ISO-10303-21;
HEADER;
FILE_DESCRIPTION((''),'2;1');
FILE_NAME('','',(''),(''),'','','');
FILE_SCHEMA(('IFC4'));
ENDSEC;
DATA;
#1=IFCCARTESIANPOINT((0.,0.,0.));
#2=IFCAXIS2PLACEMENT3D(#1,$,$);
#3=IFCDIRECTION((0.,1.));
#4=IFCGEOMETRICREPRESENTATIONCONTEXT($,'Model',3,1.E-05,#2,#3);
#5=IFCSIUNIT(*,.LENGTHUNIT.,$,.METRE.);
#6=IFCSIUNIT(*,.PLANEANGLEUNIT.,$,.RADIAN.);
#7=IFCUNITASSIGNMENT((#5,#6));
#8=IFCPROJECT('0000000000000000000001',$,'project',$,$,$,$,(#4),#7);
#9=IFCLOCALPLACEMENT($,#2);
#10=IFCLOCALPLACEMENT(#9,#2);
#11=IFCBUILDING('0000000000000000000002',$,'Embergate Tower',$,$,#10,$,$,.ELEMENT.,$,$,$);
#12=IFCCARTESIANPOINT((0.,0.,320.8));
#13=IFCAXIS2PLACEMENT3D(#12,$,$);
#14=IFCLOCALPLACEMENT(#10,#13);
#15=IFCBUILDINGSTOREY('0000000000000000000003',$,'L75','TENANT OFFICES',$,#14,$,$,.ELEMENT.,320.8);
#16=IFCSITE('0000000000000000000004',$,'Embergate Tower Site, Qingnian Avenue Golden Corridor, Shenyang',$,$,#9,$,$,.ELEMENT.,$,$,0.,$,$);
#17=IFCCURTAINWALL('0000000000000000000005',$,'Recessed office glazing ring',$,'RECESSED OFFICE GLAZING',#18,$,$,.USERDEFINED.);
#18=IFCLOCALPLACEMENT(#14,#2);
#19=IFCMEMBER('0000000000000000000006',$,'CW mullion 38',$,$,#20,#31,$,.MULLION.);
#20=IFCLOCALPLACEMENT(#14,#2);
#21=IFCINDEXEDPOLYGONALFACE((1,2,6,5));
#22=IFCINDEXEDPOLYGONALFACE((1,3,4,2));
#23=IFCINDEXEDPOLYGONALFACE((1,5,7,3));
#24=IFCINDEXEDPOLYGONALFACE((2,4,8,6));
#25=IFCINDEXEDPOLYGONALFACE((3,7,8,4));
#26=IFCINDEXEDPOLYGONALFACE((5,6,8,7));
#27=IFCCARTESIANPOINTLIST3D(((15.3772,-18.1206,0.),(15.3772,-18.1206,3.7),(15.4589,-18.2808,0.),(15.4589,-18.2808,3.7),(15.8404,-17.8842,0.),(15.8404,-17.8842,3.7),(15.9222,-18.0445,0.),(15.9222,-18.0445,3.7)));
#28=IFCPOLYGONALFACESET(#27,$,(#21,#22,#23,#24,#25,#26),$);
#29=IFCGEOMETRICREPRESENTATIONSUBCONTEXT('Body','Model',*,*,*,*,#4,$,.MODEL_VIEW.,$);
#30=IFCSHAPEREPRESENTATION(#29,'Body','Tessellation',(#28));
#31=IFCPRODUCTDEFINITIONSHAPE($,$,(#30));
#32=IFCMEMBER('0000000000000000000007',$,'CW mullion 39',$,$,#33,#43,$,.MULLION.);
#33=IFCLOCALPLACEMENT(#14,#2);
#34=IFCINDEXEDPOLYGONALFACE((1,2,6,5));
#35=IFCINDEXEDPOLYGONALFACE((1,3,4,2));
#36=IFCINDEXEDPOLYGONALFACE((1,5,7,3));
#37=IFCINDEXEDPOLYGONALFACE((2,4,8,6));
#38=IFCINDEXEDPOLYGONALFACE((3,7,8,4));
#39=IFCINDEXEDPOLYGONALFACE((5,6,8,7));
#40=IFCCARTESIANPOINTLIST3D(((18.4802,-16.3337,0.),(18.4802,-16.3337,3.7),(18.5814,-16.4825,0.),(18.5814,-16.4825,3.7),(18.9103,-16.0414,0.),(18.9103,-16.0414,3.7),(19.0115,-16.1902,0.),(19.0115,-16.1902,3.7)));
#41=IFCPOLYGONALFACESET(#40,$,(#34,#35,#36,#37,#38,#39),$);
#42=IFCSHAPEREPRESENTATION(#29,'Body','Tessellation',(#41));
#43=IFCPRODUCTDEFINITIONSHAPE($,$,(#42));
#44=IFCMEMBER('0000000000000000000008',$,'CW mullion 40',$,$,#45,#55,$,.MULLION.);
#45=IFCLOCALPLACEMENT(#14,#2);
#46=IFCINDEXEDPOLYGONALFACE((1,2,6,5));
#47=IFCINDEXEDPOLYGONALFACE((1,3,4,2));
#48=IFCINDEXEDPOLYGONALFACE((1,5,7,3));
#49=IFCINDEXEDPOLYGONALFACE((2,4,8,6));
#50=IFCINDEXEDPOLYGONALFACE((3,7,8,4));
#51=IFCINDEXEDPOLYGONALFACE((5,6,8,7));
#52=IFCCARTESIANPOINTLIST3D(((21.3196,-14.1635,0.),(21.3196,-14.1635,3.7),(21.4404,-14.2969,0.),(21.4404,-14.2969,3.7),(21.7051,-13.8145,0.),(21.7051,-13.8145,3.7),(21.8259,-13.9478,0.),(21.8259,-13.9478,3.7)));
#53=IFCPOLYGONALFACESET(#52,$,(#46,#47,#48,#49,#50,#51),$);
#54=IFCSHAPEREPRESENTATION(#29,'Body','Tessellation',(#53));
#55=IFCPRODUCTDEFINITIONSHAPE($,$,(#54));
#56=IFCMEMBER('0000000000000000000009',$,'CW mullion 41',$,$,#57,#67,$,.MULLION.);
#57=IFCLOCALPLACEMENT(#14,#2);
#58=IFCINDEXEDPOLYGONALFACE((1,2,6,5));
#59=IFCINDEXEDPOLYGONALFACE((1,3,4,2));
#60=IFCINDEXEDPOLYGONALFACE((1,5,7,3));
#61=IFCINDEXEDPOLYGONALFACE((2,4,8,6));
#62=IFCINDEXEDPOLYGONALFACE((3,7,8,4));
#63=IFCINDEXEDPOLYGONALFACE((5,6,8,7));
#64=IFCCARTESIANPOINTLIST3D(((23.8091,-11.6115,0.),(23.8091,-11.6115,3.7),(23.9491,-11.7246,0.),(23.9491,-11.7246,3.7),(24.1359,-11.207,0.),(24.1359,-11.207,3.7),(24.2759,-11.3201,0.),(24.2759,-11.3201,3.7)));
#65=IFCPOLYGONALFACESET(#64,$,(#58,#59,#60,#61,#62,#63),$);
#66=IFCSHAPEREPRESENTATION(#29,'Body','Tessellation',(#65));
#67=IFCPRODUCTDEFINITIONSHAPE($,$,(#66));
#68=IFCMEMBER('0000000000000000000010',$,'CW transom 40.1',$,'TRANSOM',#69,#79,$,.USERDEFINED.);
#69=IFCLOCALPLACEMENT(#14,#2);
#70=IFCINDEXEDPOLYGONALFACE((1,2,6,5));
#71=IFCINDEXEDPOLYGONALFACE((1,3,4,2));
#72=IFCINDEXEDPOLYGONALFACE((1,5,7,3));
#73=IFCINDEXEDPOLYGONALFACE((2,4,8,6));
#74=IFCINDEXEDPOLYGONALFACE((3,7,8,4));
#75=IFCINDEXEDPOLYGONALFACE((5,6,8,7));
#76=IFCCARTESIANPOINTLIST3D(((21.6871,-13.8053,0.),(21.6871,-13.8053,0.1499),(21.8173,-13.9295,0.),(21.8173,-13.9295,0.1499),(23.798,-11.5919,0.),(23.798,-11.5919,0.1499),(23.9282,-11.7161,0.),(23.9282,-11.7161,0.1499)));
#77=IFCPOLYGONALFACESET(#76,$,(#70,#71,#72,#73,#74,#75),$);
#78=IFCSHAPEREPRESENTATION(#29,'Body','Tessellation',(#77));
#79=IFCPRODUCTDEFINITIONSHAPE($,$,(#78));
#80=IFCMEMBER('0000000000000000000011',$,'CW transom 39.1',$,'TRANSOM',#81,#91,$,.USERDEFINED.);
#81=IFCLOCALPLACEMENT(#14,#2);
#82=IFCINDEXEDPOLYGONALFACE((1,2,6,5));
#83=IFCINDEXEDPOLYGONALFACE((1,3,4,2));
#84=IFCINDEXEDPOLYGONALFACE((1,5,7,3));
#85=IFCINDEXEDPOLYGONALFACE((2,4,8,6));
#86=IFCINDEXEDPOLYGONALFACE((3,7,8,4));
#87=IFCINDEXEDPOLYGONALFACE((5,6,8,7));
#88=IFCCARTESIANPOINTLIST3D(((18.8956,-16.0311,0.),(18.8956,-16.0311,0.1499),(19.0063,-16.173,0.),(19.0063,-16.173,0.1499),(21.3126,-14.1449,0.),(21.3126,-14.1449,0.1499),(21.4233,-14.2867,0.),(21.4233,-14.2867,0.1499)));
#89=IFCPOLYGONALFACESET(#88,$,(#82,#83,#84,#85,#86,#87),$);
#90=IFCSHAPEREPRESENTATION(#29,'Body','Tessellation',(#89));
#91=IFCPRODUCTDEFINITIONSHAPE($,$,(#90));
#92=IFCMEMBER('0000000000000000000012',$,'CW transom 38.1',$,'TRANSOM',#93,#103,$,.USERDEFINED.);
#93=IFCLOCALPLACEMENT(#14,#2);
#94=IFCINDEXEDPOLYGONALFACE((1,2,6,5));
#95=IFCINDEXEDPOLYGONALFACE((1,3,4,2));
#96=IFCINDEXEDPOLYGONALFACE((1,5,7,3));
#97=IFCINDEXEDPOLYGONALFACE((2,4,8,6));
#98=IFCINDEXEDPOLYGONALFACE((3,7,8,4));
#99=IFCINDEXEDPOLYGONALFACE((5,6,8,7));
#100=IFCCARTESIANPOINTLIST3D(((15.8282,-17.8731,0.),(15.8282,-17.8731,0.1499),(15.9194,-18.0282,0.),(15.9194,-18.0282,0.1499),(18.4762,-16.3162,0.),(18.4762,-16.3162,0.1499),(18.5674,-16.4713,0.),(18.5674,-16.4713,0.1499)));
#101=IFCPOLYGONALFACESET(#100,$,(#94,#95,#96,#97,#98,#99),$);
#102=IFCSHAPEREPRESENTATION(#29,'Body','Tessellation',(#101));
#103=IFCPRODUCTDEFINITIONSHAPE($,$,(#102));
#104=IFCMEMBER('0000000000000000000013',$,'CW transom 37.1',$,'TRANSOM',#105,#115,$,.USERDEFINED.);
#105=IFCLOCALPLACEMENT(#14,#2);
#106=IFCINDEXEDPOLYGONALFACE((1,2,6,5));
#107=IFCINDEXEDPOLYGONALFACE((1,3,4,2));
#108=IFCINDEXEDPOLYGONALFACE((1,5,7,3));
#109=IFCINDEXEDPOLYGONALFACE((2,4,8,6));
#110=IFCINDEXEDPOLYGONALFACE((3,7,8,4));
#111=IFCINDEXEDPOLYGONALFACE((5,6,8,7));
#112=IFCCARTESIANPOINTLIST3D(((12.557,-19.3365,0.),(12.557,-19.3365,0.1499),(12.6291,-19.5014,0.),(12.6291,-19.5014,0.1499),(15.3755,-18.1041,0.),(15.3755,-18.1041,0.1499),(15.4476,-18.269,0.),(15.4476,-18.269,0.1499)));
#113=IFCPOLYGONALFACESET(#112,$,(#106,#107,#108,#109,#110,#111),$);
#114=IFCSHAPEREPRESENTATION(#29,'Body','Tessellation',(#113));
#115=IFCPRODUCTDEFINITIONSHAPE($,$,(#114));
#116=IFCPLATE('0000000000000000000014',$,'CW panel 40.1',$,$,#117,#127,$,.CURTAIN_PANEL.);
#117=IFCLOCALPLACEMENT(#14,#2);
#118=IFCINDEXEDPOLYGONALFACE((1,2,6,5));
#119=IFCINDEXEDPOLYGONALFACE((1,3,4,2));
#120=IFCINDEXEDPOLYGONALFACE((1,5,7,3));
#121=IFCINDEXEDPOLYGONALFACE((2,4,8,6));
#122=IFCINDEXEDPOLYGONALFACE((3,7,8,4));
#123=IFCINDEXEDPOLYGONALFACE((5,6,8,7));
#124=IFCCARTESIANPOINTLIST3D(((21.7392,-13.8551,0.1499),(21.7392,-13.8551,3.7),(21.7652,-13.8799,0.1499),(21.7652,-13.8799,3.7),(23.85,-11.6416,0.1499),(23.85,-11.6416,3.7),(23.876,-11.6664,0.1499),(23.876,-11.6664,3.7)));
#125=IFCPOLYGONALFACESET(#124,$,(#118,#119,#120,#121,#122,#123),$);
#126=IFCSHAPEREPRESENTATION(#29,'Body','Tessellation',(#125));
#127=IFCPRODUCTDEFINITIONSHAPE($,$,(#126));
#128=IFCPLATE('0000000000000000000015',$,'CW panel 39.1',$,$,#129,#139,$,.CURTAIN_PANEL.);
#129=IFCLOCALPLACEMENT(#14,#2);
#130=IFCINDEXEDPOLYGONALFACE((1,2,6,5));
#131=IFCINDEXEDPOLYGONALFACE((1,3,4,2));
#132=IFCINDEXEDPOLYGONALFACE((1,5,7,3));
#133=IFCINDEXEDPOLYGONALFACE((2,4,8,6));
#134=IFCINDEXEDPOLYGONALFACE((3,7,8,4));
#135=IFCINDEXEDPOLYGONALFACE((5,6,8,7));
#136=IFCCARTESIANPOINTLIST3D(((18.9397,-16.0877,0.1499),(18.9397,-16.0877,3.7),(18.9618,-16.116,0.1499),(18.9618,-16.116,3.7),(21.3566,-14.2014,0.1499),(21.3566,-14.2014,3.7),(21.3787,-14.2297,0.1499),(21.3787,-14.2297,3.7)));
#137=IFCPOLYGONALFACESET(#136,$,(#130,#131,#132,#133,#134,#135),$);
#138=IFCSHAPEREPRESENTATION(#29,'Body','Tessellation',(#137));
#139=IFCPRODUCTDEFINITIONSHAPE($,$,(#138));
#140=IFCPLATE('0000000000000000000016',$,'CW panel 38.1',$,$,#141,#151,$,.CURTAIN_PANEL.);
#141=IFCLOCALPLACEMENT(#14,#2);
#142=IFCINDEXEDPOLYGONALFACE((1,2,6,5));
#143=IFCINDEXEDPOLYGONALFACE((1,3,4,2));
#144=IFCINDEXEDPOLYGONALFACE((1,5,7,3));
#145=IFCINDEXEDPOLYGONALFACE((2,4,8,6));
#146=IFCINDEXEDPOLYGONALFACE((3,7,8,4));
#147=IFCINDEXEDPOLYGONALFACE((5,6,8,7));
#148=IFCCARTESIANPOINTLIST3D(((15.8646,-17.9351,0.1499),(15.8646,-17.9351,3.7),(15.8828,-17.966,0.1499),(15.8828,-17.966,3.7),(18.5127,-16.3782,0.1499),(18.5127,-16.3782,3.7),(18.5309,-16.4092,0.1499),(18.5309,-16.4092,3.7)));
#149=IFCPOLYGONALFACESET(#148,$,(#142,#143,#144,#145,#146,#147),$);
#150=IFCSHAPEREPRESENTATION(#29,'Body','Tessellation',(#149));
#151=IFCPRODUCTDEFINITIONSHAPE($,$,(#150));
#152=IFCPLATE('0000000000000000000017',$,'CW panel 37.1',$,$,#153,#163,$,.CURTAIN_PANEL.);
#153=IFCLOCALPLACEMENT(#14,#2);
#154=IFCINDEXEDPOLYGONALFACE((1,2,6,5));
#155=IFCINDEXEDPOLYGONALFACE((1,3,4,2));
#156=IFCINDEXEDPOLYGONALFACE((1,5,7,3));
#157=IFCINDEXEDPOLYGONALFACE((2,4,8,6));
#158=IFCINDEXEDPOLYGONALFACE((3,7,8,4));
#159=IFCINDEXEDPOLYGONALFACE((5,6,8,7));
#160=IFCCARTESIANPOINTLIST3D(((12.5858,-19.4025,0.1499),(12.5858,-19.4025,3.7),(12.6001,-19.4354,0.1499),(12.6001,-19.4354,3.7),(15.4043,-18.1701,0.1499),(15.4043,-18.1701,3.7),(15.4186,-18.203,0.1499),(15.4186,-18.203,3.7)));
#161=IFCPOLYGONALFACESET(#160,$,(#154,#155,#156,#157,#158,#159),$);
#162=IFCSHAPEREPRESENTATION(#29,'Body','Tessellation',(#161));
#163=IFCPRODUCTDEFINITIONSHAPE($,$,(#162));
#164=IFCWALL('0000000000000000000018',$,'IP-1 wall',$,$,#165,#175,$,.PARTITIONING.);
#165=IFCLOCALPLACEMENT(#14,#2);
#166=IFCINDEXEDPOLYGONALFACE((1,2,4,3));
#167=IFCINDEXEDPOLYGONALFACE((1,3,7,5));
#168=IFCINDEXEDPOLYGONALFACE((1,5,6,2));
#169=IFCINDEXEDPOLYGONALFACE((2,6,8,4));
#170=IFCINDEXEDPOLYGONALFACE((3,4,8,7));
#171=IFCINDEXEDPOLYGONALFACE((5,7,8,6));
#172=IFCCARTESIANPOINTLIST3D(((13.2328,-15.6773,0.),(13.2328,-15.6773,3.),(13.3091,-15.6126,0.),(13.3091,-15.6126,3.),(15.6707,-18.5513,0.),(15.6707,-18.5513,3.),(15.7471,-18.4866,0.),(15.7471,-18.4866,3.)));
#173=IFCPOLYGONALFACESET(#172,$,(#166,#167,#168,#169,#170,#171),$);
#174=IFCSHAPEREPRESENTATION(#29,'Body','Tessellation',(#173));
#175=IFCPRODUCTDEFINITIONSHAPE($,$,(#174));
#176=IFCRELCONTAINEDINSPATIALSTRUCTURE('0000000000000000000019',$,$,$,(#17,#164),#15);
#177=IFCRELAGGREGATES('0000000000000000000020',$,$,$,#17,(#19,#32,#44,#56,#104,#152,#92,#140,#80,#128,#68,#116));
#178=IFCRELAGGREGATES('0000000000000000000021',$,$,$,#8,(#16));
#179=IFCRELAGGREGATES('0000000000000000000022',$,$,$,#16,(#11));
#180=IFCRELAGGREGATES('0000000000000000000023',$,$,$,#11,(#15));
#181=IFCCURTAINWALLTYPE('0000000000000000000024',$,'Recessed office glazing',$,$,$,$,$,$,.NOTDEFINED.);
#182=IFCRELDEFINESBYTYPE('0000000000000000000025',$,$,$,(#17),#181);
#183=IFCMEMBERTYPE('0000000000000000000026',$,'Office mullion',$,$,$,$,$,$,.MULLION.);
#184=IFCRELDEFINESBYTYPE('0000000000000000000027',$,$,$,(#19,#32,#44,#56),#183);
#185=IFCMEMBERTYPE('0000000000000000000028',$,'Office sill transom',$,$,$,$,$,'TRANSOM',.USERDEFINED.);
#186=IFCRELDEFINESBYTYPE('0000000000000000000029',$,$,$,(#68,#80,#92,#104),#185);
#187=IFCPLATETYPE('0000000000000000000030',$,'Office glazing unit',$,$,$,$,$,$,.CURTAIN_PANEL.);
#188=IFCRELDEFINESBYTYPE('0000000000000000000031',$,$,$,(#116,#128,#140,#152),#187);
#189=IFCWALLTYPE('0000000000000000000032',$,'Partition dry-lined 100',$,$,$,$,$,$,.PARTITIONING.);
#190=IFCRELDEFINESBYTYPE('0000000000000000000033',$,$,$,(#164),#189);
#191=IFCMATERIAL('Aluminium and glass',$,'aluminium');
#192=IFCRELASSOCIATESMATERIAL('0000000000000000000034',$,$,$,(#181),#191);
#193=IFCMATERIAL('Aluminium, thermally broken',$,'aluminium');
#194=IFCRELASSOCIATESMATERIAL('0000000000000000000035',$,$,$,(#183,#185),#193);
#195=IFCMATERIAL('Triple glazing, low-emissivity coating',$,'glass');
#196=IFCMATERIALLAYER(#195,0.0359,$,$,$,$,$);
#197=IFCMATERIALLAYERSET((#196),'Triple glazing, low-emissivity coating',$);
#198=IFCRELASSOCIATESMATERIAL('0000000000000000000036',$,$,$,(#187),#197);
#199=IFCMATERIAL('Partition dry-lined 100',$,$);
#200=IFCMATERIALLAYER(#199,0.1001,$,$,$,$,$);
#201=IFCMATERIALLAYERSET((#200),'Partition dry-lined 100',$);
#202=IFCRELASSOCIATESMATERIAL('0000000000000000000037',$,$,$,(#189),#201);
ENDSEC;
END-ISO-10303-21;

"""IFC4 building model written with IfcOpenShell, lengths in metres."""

from ifc_helpers import new_model, si_unit, direction, frame, frame_2d, origin, origin_2d, place, context, subcontext, project, spatial, rectangle, extrude, source, transform, mapped, material, layer, layer_set, material_profile, profile_set, type_object, element, aggregate, save


model = new_model("IFC4")

# Units and contexts
model_context = context("Model", 3, precision=1e-05, world=origin(), true_north=direction((0.0, 1.0)))
body_context = subcontext(model_context, "Body", "Model", "MODEL_VIEW")
ifc_project = project(units=[si_unit("LENGTHUNIT", "METRE"), si_unit("PLANEANGLEUNIT", "RADIAN")], contexts=[model_context])

# Site, building, storey
site_placement = place(None, origin())
site = spatial("IfcSite", under=ifc_project, at=site_placement, Name="Embergate Tower Site, Qingnian Avenue Golden Corridor, Shenyang", CompositionType="ELEMENT", RefElevation=0.0)
building_placement = place(site_placement, origin())
building = spatial("IfcBuilding", under=site, at=building_placement, Name="Embergate Tower", CompositionType="ELEMENT")
storey_placement = place(building_placement, frame((0.0, 0.0, 320.8)))
storey = spatial("IfcBuildingStorey", under=building, at=storey_placement, Name="L75", Description="TENANT OFFICES", CompositionType="ELEMENT", Elevation=320.8)

# Curtain wall, members, plates
ifc_material_1 = material(Name="Aluminium and glass", Category="aluminium")
curtain_wall_type = type_object("IfcCurtainWallType", Name="Recessed office glazing", PredefinedType="NOTDEFINED", material=ifc_material_1)
curtain_wall_placement = place(storey_placement, origin())
curtain_wall = element("IfcCurtainWall", 1, at=curtain_wall_placement, inside=storey, type_object=curtain_wall_type, Name="Recessed office glazing ring", ObjectType="RECESSED OFFICE GLAZING", PredefinedType="USERDEFINED")
ifc_material_2 = material(Name="Aluminium, thermally broken", Category="aluminium")
ifc_material_profile_1 = material_profile(ifc_material_2, rectangle(XDim=0.1799, YDim=0.52, at=origin_2d()), Name="AL 520x180")
ifc_profile_set_1 = profile_set([ifc_material_profile_1], Name="Aluminium, thermally broken")
member_type_1 = type_object("IfcMemberType", Name="Office mullion", PredefinedType="MULLION", material=ifc_profile_set_1)
shared_shape_1 = source(origin(), body_context, "Body", "SweptSolid", [
    extrude(rectangle(XDim=0.1799, YDim=0.52, at=origin_2d()), origin(), (0.0, 0.0, 1.0), 3.7),
])
member_1_placement = place(storey_placement, frame((15.6497, -18.0825, 0.0), z_axis=(0.0, 0.0, 1.0), x_axis=(-0.454508, 0.890743, 0.0)))
member_1 = element("IfcMember", 2, at=member_1_placement, type_object=member_type_1, Name="CW mullion 38", PredefinedType="MULLION", context=body_context, shape_type="MappedRepresentation", body=[
    mapped(shared_shape_1, transform((0.0, 0.0, 0.0))),
])
member_2_placement = place(storey_placement, frame((18.7458, -16.262, 0.0), z_axis=(0.0, 0.0, 1.0), x_axis=(-0.56221, 0.826994, 0.0)))
member_2 = element("IfcMember", 3, at=member_2_placement, type_object=member_type_1, Name="CW mullion 39", PredefinedType="MULLION", context=body_context, shape_type="MappedRepresentation", body=[
    mapped(shared_shape_1, transform((0.0, 0.0, 0.0))),
])
member_3_placement = place(storey_placement, frame((21.5728, -14.0557, 0.0), z_axis=(0.0, 0.0, 1.0), x_axis=(-0.671217, 0.74126, 0.0)))
member_3 = element("IfcMember", 4, at=member_3_placement, type_object=member_type_1, Name="CW mullion 40", PredefinedType="MULLION", context=body_context, shape_type="MappedRepresentation", body=[
    mapped(shared_shape_1, transform((0.0, 0.0, 0.0))),
])
member_4_placement = place(storey_placement, frame((24.0425, -11.4658, 0.0), z_axis=(0.0, 0.0, 1.0), x_axis=(-0.777862, 0.628436, 0.0)))
member_4 = element("IfcMember", 5, at=member_4_placement, type_object=member_type_1, Name="CW mullion 41", PredefinedType="MULLION", context=body_context, shape_type="MappedRepresentation", body=[
    mapped(shared_shape_1, transform((0.0, 0.0, 0.0))),
])
ifc_material_profile_2 = material_profile(ifc_material_2, rectangle(XDim=0.1799, YDim=0.1499, at=origin_2d()), Name="AL 150x180")
ifc_profile_set_2 = profile_set([ifc_material_profile_2], Name="Aluminium, thermally broken")
member_type_2 = type_object("IfcMemberType", Name="Office sill transom", ElementType="TRANSOM", PredefinedType="USERDEFINED", material=ifc_profile_set_2)
shared_shape_2 = source(origin(), body_context, "Body", "SweptSolid", [
    extrude(rectangle(XDim=0.1799, YDim=0.1499, at=origin_2d()), origin(), (0.0, 0.0, 1.0), 3.0586),
])
member_5_placement = place(storey_placement, frame((21.7522, -13.8674, 0.075), z_axis=(0.690145, 0.723671, 0.0), x_axis=(-0.723671, 0.690145, 0.0)))
member_5 = element("IfcMember", 6, at=member_5_placement, type_object=member_type_2, Name="CW transom 40.1", ObjectType="TRANSOM", PredefinedType="USERDEFINED", context=body_context, shape_type="MappedRepresentation", body=[
    mapped(shared_shape_2, transform((0.0, 0.0, 0.0))),
])
shared_shape_3 = source(origin(), body_context, "Body", "SweptSolid", [
    extrude(rectangle(XDim=0.1799, YDim=0.1499, at=origin_2d()), origin(), (0.0, 0.0, 1.0), 3.0659),
])
member_6_placement = place(storey_placement, frame((18.9509, -16.1021, 0.075), z_axis=(0.788348, 0.61523, 0.0), x_axis=(-0.61523, 0.788348, 0.0)))
member_6 = element("IfcMember", 7, at=member_6_placement, type_object=member_type_2, Name="CW transom 39.1", ObjectType="TRANSOM", PredefinedType="USERDEFINED", context=body_context, shape_type="MappedRepresentation", body=[
    mapped(shared_shape_3, transform((0.0, 0.0, 0.0))),
])
shared_shape_4 = source(origin(), body_context, "Body", "SweptSolid", [
    extrude(rectangle(XDim=0.1799, YDim=0.1499, at=origin_2d()), origin(), (0.0, 0.0, 1.0), 3.0718),
])
member_7_placement = place(storey_placement, frame((15.8738, -17.9507, 0.075), z_axis=(0.862038, 0.506843, 0.0), x_axis=(-0.506843, 0.862038, 0.0)))
member_7 = element("IfcMember", 8, at=member_7_placement, type_object=member_type_2, Name="CW transom 38.1", ObjectType="TRANSOM", PredefinedType="USERDEFINED", context=body_context, shape_type="MappedRepresentation", body=[
    mapped(shared_shape_4, transform((0.0, 0.0, 0.0))),
])
shared_shape_5 = source(origin(), body_context, "Body", "SweptSolid", [
    extrude(rectangle(XDim=0.1799, YDim=0.1499, at=origin_2d()), origin(), (0.0, 0.0, 1.0), 3.0762),
])
member_8_placement = place(storey_placement, frame((12.593, -19.4189, 0.075), z_axis=(0.916243, 0.400623, 0.0), x_axis=(-0.400623, 0.916243, 0.0)))
member_8 = element("IfcMember", 9, at=member_8_placement, type_object=member_type_2, Name="CW transom 37.1", ObjectType="TRANSOM", PredefinedType="USERDEFINED", context=body_context, shape_type="MappedRepresentation", body=[
    mapped(shared_shape_5, transform((0.0, 0.0, 0.0))),
])
ifc_material_3 = material(Name="Triple glazing, low-emissivity coating", Category="glass")
ifc_layer_1 = layer(ifc_material_3, 0.0359)
ifc_layer_set_1 = layer_set([ifc_layer_1], Name="Triple glazing, low-emissivity coating")
plate_type = type_object("IfcPlateType", Name="Office glazing unit", PredefinedType="CURTAIN_PANEL", material=ifc_layer_set_1)
shared_shape_6 = source(origin(), body_context, "Body", "SweptSolid", [
    extrude(rectangle(XDim=3.0586, YDim=0.0359, at=origin_2d()), origin(), (0.0, 0.0, 1.0), 3.55),
])
plate_1_placement = place(storey_placement, frame((22.8076, -12.7607, 0.1499), z_axis=(0.0, 0.0, 1.0), x_axis=(0.690133, 0.723683, 0.0)))
plate_1 = element("IfcPlate", 10, at=plate_1_placement, type_object=plate_type, Name="CW panel 40.1", PredefinedType="CURTAIN_PANEL", context=body_context, shape_type="MappedRepresentation", body=[
    mapped(shared_shape_6, transform((0.0, 0.0, 0.0))),
])
shared_shape_7 = source(origin(), body_context, "Body", "SweptSolid", [
    extrude(rectangle(XDim=3.0659, YDim=0.0359, at=origin_2d()), origin(), (0.0, 0.0, 1.0), 3.55),
])
plate_2_placement = place(storey_placement, frame((20.1592, -15.1587, 0.1499), z_axis=(0.0, 0.0, 1.0), x_axis=(0.788318, 0.615268, 0.0)))
plate_2 = element("IfcPlate", 11, at=plate_2_placement, type_object=plate_type, Name="CW panel 39.1", PredefinedType="CURTAIN_PANEL", context=body_context, shape_type="MappedRepresentation", body=[
    mapped(shared_shape_7, transform((0.0, 0.0, 0.0))),
])
shared_shape_8 = source(origin(), body_context, "Body", "SweptSolid", [
    extrude(rectangle(XDim=3.0718, YDim=0.0359, at=origin_2d()), origin(), (0.0, 0.0, 1.0), 3.55),
])
plate_3_placement = place(storey_placement, frame((17.1978, -17.1721, 0.1499), z_axis=(0.0, 0.0, 1.0), x_axis=(0.862051, 0.506822, 0.0)))
plate_3 = element("IfcPlate", 12, at=plate_3_placement, type_object=plate_type, Name="CW panel 38.1", PredefinedType="CURTAIN_PANEL", context=body_context, shape_type="MappedRepresentation", body=[
    mapped(shared_shape_8, transform((0.0, 0.0, 0.0))),
])
shared_shape_9 = source(origin(), body_context, "Body", "SweptSolid", [
    extrude(rectangle(XDim=3.0762, YDim=0.0359, at=origin_2d()), origin(), (0.0, 0.0, 1.0), 3.55),
])
plate_4_placement = place(storey_placement, frame((14.0022, -18.8027, 0.1499), z_axis=(0.0, 0.0, 1.0), x_axis=(0.916234, 0.400643, 0.0)))
plate_4 = element("IfcPlate", 13, at=plate_4_placement, type_object=plate_type, Name="CW panel 37.1", PredefinedType="CURTAIN_PANEL", context=body_context, shape_type="MappedRepresentation", body=[
    mapped(shared_shape_9, transform((0.0, 0.0, 0.0))),
])
aggregate(curtain_wall, [member_1, member_2, member_3, member_4, member_8, plate_4, member_7, plate_3, member_6, plate_2, member_5, plate_1])

# Wall
ifc_material_4 = material(Name="Partition dry-lined 100")
ifc_layer_2 = layer(ifc_material_4, 0.1001)
ifc_layer_set_2 = layer_set([ifc_layer_2], Name="Partition dry-lined 100")
wall_type = type_object("IfcWallType", Name="Partition dry-lined 100", PredefinedType="PARTITIONING", material=ifc_layer_set_2)
shared_shape_10 = source(origin(), body_context, "Body", "SweptSolid", [
    extrude(rectangle(XDim=3.7688, YDim=0.1001, at=frame_2d((1.8843, 0.0))), origin(), (0.0, 0.0, 1.0), 3.0),
])
wall_placement = place(storey_placement, frame((13.271, -15.645, 0.0), z_axis=(0.0, 0.0, 1.0), x_axis=(0.646888, -0.762585, 0.0)))
element("IfcWall", 14, at=wall_placement, inside=storey, type_object=wall_type, Name="IP-1 wall", PredefinedType="PARTITIONING", context=body_context, shape_type="MappedRepresentation", body=[
    mapped(shared_shape_10, transform((0.0, 0.0, 0.0))),
])

save(model, "model.ifc")
